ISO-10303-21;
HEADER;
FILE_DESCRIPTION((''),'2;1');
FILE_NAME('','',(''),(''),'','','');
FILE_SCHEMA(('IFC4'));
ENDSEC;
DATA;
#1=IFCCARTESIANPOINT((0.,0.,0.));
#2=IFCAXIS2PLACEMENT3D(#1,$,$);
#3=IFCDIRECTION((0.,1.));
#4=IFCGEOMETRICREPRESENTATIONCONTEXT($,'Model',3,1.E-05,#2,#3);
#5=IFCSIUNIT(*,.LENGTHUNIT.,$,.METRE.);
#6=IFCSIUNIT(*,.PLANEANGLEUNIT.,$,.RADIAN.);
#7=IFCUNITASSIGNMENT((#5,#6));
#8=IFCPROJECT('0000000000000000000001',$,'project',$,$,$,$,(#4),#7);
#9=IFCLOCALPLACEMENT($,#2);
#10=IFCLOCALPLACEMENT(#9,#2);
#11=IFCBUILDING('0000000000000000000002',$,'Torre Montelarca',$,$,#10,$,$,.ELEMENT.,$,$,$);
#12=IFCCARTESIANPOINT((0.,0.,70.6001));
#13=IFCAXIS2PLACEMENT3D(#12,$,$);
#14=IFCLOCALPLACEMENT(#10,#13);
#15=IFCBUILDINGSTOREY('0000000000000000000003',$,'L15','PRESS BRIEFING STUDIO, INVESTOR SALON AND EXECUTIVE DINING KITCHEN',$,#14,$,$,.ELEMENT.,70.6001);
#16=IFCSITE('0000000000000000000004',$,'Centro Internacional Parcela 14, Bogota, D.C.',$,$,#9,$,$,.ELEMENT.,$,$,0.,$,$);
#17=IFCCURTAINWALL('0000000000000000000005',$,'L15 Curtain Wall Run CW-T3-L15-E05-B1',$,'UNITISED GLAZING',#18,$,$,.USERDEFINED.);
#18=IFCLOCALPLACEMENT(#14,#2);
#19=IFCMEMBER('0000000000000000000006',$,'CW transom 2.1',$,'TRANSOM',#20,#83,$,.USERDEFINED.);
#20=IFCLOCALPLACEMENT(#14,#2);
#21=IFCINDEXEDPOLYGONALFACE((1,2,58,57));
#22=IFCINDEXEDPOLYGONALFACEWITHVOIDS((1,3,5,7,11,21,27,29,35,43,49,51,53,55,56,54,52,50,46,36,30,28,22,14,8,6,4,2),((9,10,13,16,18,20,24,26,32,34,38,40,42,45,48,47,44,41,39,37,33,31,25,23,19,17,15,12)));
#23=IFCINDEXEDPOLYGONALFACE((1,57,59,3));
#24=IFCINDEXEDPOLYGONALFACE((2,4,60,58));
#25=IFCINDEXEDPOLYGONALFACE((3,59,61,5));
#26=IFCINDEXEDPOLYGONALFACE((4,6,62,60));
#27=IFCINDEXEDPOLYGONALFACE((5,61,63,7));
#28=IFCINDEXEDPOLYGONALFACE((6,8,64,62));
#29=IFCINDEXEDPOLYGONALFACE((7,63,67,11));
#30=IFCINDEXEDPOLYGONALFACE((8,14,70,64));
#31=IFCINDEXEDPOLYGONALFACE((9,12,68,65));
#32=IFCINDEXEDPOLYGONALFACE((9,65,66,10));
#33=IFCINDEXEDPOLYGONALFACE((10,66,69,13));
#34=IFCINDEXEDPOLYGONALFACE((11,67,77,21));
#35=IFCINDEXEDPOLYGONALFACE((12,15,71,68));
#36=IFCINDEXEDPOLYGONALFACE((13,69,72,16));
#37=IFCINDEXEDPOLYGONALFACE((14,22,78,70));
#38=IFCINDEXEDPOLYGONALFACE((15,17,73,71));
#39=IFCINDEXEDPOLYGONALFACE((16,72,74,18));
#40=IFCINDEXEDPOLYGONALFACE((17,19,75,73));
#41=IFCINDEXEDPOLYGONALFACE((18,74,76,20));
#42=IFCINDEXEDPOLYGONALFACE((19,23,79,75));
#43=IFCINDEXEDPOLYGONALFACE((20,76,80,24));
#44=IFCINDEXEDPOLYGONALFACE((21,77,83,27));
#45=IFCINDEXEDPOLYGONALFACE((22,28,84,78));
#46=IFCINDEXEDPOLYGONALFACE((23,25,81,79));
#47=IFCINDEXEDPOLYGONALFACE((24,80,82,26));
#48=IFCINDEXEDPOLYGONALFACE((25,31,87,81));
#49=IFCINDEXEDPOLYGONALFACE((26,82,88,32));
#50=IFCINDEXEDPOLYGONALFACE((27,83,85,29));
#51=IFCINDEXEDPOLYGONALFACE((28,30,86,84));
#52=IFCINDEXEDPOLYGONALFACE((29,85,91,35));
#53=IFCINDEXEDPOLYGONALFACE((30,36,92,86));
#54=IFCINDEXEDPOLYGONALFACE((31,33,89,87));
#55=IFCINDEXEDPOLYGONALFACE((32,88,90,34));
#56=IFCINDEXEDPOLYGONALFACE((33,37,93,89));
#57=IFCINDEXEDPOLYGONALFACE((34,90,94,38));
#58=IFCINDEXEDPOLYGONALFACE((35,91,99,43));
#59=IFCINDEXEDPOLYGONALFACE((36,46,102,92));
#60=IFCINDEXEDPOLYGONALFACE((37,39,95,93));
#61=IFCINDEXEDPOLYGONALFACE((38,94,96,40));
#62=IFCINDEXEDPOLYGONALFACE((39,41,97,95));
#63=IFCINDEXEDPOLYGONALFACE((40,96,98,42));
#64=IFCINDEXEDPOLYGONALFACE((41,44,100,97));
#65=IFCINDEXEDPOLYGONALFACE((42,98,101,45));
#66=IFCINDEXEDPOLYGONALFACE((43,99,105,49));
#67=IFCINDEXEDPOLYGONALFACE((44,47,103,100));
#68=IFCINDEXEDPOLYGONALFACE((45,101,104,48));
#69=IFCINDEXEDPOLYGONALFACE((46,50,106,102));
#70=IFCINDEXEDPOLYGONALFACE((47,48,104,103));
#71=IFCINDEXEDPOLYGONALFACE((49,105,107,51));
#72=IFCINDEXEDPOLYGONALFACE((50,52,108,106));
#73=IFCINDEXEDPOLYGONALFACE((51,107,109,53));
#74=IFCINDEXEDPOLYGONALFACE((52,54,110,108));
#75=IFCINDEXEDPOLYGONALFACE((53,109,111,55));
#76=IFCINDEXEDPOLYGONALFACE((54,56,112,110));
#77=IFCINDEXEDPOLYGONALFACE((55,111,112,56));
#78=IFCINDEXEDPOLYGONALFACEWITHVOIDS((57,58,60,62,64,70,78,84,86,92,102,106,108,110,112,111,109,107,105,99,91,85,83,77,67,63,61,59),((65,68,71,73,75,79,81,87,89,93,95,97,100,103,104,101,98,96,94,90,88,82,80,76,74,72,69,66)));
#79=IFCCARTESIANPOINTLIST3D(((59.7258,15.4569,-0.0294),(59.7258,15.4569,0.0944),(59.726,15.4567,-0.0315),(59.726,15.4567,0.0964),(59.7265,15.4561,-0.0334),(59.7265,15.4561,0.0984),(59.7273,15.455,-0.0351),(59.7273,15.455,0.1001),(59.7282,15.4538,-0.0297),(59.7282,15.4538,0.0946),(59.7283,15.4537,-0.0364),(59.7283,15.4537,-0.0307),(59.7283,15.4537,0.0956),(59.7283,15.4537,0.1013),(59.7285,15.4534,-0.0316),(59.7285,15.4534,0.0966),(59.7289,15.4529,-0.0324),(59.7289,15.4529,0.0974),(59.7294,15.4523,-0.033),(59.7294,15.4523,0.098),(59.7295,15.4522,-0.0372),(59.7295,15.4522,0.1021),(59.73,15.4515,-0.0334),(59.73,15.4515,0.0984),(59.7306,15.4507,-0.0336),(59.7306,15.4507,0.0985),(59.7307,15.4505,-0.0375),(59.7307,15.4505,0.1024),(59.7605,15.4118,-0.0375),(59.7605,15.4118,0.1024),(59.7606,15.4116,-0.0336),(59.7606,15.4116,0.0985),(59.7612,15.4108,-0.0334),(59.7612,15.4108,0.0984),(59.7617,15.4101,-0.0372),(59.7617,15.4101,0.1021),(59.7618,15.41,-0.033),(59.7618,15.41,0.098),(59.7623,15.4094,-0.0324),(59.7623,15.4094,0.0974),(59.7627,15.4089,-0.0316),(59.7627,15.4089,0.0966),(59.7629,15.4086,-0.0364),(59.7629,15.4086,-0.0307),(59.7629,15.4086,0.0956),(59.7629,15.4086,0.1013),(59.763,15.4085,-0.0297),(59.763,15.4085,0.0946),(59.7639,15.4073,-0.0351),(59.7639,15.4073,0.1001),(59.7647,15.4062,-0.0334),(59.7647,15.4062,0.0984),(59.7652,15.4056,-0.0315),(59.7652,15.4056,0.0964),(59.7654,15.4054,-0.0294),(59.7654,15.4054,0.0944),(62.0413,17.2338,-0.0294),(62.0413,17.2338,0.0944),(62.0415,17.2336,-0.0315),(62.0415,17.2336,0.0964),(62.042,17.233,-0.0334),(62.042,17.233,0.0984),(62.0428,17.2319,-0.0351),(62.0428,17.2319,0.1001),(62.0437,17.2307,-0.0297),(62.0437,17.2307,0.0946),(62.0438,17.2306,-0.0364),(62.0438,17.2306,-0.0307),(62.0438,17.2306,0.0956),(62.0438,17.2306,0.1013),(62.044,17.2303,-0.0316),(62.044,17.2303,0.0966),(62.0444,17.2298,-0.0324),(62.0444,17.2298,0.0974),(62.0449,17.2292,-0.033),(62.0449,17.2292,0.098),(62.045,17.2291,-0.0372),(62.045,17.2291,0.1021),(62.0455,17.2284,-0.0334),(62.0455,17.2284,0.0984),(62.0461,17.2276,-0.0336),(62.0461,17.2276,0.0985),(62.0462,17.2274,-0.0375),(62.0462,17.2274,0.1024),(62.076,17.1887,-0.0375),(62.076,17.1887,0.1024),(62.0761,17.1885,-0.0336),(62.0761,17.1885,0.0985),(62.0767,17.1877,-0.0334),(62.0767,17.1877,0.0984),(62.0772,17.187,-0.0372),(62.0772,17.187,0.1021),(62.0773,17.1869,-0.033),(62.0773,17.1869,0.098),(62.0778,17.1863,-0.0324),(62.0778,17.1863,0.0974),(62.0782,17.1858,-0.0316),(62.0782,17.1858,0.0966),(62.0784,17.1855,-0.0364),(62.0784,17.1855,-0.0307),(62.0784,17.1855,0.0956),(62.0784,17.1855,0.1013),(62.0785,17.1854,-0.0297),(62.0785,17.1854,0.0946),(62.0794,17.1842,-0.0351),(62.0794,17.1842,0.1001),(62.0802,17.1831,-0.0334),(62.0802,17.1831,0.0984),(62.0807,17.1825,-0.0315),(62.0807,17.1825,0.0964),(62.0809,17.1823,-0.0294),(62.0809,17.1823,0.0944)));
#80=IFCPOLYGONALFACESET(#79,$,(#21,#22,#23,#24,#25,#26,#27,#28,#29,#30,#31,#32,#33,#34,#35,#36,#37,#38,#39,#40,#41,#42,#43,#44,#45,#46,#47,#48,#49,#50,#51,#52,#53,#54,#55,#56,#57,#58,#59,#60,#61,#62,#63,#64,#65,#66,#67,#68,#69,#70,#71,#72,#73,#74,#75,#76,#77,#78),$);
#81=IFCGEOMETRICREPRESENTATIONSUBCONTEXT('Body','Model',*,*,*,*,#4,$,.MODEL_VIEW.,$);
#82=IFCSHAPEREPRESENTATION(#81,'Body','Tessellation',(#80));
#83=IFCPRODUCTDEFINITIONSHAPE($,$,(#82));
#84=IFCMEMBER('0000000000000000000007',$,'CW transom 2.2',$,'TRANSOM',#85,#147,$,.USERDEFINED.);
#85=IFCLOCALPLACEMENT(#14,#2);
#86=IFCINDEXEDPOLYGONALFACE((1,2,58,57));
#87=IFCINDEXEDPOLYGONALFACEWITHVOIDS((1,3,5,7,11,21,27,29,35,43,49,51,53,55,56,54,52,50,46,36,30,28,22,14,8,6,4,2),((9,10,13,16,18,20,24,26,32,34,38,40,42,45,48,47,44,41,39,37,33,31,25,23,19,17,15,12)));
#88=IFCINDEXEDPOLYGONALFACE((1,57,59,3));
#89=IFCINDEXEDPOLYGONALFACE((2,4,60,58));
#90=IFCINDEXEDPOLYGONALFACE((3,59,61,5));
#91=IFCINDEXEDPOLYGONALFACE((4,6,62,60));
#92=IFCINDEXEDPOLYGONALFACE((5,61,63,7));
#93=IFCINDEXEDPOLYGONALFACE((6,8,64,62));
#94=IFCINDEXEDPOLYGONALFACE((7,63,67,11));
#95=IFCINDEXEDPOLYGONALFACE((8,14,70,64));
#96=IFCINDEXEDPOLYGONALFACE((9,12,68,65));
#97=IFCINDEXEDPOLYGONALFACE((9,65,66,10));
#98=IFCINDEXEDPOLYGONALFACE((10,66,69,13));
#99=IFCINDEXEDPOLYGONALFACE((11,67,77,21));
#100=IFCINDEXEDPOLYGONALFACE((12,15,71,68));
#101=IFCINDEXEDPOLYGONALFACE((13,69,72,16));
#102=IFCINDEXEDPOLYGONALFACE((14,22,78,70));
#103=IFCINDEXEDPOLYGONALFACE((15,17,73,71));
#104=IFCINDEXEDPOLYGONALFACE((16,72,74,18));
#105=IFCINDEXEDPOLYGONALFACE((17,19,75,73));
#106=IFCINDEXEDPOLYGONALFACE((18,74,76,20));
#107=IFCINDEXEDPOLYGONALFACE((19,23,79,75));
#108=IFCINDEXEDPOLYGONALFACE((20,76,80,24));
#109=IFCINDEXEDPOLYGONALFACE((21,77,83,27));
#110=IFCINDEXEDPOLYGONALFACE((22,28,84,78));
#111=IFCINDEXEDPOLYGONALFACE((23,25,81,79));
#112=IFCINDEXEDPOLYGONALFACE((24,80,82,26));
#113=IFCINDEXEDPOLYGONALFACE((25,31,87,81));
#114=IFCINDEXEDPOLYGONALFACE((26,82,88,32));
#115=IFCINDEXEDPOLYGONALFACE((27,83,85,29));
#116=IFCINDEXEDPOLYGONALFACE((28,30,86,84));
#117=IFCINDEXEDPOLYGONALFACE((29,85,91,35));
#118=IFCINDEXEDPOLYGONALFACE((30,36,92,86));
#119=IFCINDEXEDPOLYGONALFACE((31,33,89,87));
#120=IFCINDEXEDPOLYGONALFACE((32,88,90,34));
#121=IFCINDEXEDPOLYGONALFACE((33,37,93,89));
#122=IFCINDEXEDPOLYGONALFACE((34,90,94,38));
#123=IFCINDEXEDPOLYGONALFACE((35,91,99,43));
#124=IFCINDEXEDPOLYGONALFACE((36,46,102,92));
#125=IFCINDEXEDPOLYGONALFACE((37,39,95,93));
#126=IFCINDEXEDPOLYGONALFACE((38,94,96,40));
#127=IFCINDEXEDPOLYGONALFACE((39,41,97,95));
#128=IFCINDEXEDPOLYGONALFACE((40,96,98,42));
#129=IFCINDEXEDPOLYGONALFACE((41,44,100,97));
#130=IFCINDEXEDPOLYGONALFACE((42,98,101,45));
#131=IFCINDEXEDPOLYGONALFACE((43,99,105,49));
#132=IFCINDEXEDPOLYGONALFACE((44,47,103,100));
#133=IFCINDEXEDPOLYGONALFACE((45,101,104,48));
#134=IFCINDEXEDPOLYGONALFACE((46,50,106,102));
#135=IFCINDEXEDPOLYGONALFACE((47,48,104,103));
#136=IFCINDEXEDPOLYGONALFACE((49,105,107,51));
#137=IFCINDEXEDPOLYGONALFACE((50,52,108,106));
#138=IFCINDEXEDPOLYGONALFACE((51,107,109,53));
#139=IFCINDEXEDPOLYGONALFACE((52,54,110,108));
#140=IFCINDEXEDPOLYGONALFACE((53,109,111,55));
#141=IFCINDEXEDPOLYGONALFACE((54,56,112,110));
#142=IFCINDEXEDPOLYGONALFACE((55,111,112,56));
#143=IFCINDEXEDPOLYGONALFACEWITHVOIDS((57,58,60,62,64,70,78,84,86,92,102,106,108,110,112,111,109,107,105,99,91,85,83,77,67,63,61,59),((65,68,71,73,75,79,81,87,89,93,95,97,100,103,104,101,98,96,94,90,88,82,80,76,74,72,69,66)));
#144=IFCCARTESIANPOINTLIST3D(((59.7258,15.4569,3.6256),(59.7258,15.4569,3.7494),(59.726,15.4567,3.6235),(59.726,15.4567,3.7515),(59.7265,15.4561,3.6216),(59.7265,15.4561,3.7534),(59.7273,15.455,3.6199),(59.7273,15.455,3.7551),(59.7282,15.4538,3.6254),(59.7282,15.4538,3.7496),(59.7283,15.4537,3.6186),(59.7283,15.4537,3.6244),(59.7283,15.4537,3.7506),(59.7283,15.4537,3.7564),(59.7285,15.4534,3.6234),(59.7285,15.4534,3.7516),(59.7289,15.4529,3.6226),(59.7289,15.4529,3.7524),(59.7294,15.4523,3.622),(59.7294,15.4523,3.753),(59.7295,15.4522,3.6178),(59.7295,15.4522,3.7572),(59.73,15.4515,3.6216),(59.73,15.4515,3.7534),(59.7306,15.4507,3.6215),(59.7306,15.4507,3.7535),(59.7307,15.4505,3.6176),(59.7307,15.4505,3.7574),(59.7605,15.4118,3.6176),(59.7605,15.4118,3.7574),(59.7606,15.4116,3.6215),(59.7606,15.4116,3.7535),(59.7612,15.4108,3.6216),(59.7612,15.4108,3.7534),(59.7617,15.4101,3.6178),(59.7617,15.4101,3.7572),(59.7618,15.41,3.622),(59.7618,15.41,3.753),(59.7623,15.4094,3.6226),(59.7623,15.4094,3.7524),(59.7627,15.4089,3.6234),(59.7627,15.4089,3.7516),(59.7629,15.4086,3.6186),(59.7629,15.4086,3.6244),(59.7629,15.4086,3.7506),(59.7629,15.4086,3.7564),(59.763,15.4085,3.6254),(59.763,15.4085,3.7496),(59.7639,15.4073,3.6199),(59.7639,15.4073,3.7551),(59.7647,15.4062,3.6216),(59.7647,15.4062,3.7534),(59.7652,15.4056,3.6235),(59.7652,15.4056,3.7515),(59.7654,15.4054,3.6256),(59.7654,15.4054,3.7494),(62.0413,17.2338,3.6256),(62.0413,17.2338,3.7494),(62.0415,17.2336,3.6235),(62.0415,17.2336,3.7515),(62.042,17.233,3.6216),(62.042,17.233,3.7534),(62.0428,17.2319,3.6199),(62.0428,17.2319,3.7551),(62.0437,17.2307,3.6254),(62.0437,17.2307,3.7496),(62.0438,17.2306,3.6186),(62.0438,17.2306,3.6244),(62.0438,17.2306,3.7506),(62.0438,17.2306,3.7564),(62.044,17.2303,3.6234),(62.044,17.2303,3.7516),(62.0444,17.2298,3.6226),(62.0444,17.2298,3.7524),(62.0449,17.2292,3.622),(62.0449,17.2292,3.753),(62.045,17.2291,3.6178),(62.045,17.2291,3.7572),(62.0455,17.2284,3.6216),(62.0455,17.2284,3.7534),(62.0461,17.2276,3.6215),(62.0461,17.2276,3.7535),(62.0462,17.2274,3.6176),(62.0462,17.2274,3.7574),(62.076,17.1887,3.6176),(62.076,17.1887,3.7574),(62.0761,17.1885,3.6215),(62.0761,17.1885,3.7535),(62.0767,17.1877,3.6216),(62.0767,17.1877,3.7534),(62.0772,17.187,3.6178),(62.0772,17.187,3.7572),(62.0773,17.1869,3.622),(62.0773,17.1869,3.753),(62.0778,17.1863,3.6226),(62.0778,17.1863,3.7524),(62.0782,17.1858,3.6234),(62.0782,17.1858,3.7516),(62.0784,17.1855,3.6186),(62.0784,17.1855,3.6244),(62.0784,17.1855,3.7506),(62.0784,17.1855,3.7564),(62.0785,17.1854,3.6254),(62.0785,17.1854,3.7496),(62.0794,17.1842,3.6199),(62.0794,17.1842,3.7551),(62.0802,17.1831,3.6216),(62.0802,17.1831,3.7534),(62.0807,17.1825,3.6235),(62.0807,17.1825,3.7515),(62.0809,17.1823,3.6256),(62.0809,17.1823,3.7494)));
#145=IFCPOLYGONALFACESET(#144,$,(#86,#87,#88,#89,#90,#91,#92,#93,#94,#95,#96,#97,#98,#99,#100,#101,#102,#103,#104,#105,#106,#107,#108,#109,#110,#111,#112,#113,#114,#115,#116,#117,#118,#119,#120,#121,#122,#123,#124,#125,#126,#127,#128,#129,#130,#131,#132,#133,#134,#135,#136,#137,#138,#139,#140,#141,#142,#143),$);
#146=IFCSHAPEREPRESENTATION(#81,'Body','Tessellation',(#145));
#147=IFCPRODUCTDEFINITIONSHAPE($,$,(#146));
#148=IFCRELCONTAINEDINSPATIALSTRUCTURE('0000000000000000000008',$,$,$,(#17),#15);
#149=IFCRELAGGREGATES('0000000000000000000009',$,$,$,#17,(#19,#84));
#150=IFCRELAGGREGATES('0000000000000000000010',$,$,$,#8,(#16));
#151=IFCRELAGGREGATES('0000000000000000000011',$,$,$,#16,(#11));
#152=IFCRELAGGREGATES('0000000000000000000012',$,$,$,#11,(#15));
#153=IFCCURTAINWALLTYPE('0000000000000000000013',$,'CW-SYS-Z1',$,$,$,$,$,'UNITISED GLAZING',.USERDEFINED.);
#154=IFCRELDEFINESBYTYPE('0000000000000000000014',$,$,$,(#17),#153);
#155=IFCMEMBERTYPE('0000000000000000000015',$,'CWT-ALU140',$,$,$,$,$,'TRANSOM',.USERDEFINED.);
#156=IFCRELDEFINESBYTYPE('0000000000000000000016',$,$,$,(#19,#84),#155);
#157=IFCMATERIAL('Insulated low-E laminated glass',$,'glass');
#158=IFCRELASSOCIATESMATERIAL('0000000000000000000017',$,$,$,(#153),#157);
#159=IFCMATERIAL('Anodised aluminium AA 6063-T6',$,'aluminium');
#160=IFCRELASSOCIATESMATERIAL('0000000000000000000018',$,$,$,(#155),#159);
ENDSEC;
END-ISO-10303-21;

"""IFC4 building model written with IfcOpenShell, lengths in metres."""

from ifc_helpers import new_model, si_unit, direction, frame, origin, origin_2d, place, context, subcontext, project, spatial, hollow_rectangle, extrude, source, transform, mapped, material, material_profile, profile_set, type_object, element, aggregate, save


model = new_model("IFC4")

# Units and contexts
model_context = context("Model", 3, precision=1e-05, world=origin(), true_north=direction((0.0, 1.0)))
body_context = subcontext(model_context, "Body", "Model", "MODEL_VIEW")
ifc_project = project(units=[si_unit("LENGTHUNIT", "METRE"), si_unit("PLANEANGLEUNIT", "RADIAN")], contexts=[model_context])

# Site, building, storey
site_placement = place(None, origin())
site = spatial("IfcSite", under=ifc_project, at=site_placement, Name="Centro Internacional Parcela 14, Bogota, D.C.", CompositionType="ELEMENT", RefElevation=0.0)
building_placement = place(site_placement, origin())
building = spatial("IfcBuilding", under=site, at=building_placement, Name="Torre Montelarca", CompositionType="ELEMENT")
storey_placement = place(building_placement, frame((0.0, 0.0, 70.6001)))
storey = spatial("IfcBuildingStorey", under=building, at=storey_placement, Name="L15", Description="PRESS BRIEFING STUDIO, INVESTOR SALON AND EXECUTIVE DINING KITCHEN", CompositionType="ELEMENT", Elevation=70.6001)

# Curtain wall, members
ifc_material_1 = material(Name="Insulated low-E laminated glass", Category="glass")
curtain_wall_type = type_object("IfcCurtainWallType", Name="CW-SYS-Z1", ElementType="UNITISED GLAZING", PredefinedType="USERDEFINED", material=ifc_material_1)
ifc_material_2 = material(Name="Anodised aluminium AA 6063-T6", Category="aluminium")
ifc_material_profile_1 = material_profile(ifc_material_2, hollow_rectangle(XDim=0.0649, YDim=0.1399, WallThickness=0.0039, InnerFilletRadius=0.0039, OuterFilletRadius=0.0081, at=origin_2d()), Name="ALU65X140X4", Category="aluminium")
ifc_profile_set_1 = profile_set([ifc_material_profile_1], Name="Anodised aluminium AA 6063-T6")
member_type_1 = type_object("IfcMemberType", Name="CWT-ALU140", ElementType="TRANSOM", PredefinedType="USERDEFINED", material=ifc_profile_set_1)
curtain_wall_1_placement = place(storey_placement, origin())
curtain_wall_1 = element("IfcCurtainWall", 1, at=curtain_wall_1_placement, inside=storey, type_object=curtain_wall_type, Name="L15 Curtain Wall Run CW-T3-L15-E05-B1", ObjectType="UNITISED GLAZING", PredefinedType="USERDEFINED")
shared_shape_1 = source(origin(), body_context, "Body", "SweptSolid", [
    extrude(hollow_rectangle(XDim=0.0649, YDim=0.1399, WallThickness=0.0039, InnerFilletRadius=0.0039, OuterFilletRadius=0.0081, at=origin_2d()), origin(), (0.0, 0.0, 1.0), 2.9187),
])
member_1_placement = place(storey_placement, frame((59.7456, 15.4312, 0.0325), z_axis=(0.793326, 0.608797, 0.0), x_axis=(-0.608797, 0.793326, 0.0)))
member_1 = element("IfcMember", 2, at=member_1_placement, type_object=member_type_1, Name="CW transom 2.1", ObjectType="TRANSOM", PredefinedType="USERDEFINED", context=body_context, shape_type="MappedRepresentation", body=[
    mapped(shared_shape_1, transform((0.0, 0.0, 0.0), scale=1.0)),
])
member_2_placement = place(storey_placement, frame((59.7456, 15.4312, 3.6875), z_axis=(0.793326, 0.608797, 0.0), x_axis=(-0.608797, 0.793326, 0.0)))
member_2 = element("IfcMember", 3, at=member_2_placement, type_object=member_type_1, Name="CW transom 2.2", ObjectType="TRANSOM", PredefinedType="USERDEFINED", context=body_context, shape_type="MappedRepresentation", body=[
    mapped(shared_shape_1, transform((0.0, 0.0, 0.0), scale=1.0)),
])

aggregate(curtain_wall_1, [member_1, member_2])

save(model, "model.ifc")
